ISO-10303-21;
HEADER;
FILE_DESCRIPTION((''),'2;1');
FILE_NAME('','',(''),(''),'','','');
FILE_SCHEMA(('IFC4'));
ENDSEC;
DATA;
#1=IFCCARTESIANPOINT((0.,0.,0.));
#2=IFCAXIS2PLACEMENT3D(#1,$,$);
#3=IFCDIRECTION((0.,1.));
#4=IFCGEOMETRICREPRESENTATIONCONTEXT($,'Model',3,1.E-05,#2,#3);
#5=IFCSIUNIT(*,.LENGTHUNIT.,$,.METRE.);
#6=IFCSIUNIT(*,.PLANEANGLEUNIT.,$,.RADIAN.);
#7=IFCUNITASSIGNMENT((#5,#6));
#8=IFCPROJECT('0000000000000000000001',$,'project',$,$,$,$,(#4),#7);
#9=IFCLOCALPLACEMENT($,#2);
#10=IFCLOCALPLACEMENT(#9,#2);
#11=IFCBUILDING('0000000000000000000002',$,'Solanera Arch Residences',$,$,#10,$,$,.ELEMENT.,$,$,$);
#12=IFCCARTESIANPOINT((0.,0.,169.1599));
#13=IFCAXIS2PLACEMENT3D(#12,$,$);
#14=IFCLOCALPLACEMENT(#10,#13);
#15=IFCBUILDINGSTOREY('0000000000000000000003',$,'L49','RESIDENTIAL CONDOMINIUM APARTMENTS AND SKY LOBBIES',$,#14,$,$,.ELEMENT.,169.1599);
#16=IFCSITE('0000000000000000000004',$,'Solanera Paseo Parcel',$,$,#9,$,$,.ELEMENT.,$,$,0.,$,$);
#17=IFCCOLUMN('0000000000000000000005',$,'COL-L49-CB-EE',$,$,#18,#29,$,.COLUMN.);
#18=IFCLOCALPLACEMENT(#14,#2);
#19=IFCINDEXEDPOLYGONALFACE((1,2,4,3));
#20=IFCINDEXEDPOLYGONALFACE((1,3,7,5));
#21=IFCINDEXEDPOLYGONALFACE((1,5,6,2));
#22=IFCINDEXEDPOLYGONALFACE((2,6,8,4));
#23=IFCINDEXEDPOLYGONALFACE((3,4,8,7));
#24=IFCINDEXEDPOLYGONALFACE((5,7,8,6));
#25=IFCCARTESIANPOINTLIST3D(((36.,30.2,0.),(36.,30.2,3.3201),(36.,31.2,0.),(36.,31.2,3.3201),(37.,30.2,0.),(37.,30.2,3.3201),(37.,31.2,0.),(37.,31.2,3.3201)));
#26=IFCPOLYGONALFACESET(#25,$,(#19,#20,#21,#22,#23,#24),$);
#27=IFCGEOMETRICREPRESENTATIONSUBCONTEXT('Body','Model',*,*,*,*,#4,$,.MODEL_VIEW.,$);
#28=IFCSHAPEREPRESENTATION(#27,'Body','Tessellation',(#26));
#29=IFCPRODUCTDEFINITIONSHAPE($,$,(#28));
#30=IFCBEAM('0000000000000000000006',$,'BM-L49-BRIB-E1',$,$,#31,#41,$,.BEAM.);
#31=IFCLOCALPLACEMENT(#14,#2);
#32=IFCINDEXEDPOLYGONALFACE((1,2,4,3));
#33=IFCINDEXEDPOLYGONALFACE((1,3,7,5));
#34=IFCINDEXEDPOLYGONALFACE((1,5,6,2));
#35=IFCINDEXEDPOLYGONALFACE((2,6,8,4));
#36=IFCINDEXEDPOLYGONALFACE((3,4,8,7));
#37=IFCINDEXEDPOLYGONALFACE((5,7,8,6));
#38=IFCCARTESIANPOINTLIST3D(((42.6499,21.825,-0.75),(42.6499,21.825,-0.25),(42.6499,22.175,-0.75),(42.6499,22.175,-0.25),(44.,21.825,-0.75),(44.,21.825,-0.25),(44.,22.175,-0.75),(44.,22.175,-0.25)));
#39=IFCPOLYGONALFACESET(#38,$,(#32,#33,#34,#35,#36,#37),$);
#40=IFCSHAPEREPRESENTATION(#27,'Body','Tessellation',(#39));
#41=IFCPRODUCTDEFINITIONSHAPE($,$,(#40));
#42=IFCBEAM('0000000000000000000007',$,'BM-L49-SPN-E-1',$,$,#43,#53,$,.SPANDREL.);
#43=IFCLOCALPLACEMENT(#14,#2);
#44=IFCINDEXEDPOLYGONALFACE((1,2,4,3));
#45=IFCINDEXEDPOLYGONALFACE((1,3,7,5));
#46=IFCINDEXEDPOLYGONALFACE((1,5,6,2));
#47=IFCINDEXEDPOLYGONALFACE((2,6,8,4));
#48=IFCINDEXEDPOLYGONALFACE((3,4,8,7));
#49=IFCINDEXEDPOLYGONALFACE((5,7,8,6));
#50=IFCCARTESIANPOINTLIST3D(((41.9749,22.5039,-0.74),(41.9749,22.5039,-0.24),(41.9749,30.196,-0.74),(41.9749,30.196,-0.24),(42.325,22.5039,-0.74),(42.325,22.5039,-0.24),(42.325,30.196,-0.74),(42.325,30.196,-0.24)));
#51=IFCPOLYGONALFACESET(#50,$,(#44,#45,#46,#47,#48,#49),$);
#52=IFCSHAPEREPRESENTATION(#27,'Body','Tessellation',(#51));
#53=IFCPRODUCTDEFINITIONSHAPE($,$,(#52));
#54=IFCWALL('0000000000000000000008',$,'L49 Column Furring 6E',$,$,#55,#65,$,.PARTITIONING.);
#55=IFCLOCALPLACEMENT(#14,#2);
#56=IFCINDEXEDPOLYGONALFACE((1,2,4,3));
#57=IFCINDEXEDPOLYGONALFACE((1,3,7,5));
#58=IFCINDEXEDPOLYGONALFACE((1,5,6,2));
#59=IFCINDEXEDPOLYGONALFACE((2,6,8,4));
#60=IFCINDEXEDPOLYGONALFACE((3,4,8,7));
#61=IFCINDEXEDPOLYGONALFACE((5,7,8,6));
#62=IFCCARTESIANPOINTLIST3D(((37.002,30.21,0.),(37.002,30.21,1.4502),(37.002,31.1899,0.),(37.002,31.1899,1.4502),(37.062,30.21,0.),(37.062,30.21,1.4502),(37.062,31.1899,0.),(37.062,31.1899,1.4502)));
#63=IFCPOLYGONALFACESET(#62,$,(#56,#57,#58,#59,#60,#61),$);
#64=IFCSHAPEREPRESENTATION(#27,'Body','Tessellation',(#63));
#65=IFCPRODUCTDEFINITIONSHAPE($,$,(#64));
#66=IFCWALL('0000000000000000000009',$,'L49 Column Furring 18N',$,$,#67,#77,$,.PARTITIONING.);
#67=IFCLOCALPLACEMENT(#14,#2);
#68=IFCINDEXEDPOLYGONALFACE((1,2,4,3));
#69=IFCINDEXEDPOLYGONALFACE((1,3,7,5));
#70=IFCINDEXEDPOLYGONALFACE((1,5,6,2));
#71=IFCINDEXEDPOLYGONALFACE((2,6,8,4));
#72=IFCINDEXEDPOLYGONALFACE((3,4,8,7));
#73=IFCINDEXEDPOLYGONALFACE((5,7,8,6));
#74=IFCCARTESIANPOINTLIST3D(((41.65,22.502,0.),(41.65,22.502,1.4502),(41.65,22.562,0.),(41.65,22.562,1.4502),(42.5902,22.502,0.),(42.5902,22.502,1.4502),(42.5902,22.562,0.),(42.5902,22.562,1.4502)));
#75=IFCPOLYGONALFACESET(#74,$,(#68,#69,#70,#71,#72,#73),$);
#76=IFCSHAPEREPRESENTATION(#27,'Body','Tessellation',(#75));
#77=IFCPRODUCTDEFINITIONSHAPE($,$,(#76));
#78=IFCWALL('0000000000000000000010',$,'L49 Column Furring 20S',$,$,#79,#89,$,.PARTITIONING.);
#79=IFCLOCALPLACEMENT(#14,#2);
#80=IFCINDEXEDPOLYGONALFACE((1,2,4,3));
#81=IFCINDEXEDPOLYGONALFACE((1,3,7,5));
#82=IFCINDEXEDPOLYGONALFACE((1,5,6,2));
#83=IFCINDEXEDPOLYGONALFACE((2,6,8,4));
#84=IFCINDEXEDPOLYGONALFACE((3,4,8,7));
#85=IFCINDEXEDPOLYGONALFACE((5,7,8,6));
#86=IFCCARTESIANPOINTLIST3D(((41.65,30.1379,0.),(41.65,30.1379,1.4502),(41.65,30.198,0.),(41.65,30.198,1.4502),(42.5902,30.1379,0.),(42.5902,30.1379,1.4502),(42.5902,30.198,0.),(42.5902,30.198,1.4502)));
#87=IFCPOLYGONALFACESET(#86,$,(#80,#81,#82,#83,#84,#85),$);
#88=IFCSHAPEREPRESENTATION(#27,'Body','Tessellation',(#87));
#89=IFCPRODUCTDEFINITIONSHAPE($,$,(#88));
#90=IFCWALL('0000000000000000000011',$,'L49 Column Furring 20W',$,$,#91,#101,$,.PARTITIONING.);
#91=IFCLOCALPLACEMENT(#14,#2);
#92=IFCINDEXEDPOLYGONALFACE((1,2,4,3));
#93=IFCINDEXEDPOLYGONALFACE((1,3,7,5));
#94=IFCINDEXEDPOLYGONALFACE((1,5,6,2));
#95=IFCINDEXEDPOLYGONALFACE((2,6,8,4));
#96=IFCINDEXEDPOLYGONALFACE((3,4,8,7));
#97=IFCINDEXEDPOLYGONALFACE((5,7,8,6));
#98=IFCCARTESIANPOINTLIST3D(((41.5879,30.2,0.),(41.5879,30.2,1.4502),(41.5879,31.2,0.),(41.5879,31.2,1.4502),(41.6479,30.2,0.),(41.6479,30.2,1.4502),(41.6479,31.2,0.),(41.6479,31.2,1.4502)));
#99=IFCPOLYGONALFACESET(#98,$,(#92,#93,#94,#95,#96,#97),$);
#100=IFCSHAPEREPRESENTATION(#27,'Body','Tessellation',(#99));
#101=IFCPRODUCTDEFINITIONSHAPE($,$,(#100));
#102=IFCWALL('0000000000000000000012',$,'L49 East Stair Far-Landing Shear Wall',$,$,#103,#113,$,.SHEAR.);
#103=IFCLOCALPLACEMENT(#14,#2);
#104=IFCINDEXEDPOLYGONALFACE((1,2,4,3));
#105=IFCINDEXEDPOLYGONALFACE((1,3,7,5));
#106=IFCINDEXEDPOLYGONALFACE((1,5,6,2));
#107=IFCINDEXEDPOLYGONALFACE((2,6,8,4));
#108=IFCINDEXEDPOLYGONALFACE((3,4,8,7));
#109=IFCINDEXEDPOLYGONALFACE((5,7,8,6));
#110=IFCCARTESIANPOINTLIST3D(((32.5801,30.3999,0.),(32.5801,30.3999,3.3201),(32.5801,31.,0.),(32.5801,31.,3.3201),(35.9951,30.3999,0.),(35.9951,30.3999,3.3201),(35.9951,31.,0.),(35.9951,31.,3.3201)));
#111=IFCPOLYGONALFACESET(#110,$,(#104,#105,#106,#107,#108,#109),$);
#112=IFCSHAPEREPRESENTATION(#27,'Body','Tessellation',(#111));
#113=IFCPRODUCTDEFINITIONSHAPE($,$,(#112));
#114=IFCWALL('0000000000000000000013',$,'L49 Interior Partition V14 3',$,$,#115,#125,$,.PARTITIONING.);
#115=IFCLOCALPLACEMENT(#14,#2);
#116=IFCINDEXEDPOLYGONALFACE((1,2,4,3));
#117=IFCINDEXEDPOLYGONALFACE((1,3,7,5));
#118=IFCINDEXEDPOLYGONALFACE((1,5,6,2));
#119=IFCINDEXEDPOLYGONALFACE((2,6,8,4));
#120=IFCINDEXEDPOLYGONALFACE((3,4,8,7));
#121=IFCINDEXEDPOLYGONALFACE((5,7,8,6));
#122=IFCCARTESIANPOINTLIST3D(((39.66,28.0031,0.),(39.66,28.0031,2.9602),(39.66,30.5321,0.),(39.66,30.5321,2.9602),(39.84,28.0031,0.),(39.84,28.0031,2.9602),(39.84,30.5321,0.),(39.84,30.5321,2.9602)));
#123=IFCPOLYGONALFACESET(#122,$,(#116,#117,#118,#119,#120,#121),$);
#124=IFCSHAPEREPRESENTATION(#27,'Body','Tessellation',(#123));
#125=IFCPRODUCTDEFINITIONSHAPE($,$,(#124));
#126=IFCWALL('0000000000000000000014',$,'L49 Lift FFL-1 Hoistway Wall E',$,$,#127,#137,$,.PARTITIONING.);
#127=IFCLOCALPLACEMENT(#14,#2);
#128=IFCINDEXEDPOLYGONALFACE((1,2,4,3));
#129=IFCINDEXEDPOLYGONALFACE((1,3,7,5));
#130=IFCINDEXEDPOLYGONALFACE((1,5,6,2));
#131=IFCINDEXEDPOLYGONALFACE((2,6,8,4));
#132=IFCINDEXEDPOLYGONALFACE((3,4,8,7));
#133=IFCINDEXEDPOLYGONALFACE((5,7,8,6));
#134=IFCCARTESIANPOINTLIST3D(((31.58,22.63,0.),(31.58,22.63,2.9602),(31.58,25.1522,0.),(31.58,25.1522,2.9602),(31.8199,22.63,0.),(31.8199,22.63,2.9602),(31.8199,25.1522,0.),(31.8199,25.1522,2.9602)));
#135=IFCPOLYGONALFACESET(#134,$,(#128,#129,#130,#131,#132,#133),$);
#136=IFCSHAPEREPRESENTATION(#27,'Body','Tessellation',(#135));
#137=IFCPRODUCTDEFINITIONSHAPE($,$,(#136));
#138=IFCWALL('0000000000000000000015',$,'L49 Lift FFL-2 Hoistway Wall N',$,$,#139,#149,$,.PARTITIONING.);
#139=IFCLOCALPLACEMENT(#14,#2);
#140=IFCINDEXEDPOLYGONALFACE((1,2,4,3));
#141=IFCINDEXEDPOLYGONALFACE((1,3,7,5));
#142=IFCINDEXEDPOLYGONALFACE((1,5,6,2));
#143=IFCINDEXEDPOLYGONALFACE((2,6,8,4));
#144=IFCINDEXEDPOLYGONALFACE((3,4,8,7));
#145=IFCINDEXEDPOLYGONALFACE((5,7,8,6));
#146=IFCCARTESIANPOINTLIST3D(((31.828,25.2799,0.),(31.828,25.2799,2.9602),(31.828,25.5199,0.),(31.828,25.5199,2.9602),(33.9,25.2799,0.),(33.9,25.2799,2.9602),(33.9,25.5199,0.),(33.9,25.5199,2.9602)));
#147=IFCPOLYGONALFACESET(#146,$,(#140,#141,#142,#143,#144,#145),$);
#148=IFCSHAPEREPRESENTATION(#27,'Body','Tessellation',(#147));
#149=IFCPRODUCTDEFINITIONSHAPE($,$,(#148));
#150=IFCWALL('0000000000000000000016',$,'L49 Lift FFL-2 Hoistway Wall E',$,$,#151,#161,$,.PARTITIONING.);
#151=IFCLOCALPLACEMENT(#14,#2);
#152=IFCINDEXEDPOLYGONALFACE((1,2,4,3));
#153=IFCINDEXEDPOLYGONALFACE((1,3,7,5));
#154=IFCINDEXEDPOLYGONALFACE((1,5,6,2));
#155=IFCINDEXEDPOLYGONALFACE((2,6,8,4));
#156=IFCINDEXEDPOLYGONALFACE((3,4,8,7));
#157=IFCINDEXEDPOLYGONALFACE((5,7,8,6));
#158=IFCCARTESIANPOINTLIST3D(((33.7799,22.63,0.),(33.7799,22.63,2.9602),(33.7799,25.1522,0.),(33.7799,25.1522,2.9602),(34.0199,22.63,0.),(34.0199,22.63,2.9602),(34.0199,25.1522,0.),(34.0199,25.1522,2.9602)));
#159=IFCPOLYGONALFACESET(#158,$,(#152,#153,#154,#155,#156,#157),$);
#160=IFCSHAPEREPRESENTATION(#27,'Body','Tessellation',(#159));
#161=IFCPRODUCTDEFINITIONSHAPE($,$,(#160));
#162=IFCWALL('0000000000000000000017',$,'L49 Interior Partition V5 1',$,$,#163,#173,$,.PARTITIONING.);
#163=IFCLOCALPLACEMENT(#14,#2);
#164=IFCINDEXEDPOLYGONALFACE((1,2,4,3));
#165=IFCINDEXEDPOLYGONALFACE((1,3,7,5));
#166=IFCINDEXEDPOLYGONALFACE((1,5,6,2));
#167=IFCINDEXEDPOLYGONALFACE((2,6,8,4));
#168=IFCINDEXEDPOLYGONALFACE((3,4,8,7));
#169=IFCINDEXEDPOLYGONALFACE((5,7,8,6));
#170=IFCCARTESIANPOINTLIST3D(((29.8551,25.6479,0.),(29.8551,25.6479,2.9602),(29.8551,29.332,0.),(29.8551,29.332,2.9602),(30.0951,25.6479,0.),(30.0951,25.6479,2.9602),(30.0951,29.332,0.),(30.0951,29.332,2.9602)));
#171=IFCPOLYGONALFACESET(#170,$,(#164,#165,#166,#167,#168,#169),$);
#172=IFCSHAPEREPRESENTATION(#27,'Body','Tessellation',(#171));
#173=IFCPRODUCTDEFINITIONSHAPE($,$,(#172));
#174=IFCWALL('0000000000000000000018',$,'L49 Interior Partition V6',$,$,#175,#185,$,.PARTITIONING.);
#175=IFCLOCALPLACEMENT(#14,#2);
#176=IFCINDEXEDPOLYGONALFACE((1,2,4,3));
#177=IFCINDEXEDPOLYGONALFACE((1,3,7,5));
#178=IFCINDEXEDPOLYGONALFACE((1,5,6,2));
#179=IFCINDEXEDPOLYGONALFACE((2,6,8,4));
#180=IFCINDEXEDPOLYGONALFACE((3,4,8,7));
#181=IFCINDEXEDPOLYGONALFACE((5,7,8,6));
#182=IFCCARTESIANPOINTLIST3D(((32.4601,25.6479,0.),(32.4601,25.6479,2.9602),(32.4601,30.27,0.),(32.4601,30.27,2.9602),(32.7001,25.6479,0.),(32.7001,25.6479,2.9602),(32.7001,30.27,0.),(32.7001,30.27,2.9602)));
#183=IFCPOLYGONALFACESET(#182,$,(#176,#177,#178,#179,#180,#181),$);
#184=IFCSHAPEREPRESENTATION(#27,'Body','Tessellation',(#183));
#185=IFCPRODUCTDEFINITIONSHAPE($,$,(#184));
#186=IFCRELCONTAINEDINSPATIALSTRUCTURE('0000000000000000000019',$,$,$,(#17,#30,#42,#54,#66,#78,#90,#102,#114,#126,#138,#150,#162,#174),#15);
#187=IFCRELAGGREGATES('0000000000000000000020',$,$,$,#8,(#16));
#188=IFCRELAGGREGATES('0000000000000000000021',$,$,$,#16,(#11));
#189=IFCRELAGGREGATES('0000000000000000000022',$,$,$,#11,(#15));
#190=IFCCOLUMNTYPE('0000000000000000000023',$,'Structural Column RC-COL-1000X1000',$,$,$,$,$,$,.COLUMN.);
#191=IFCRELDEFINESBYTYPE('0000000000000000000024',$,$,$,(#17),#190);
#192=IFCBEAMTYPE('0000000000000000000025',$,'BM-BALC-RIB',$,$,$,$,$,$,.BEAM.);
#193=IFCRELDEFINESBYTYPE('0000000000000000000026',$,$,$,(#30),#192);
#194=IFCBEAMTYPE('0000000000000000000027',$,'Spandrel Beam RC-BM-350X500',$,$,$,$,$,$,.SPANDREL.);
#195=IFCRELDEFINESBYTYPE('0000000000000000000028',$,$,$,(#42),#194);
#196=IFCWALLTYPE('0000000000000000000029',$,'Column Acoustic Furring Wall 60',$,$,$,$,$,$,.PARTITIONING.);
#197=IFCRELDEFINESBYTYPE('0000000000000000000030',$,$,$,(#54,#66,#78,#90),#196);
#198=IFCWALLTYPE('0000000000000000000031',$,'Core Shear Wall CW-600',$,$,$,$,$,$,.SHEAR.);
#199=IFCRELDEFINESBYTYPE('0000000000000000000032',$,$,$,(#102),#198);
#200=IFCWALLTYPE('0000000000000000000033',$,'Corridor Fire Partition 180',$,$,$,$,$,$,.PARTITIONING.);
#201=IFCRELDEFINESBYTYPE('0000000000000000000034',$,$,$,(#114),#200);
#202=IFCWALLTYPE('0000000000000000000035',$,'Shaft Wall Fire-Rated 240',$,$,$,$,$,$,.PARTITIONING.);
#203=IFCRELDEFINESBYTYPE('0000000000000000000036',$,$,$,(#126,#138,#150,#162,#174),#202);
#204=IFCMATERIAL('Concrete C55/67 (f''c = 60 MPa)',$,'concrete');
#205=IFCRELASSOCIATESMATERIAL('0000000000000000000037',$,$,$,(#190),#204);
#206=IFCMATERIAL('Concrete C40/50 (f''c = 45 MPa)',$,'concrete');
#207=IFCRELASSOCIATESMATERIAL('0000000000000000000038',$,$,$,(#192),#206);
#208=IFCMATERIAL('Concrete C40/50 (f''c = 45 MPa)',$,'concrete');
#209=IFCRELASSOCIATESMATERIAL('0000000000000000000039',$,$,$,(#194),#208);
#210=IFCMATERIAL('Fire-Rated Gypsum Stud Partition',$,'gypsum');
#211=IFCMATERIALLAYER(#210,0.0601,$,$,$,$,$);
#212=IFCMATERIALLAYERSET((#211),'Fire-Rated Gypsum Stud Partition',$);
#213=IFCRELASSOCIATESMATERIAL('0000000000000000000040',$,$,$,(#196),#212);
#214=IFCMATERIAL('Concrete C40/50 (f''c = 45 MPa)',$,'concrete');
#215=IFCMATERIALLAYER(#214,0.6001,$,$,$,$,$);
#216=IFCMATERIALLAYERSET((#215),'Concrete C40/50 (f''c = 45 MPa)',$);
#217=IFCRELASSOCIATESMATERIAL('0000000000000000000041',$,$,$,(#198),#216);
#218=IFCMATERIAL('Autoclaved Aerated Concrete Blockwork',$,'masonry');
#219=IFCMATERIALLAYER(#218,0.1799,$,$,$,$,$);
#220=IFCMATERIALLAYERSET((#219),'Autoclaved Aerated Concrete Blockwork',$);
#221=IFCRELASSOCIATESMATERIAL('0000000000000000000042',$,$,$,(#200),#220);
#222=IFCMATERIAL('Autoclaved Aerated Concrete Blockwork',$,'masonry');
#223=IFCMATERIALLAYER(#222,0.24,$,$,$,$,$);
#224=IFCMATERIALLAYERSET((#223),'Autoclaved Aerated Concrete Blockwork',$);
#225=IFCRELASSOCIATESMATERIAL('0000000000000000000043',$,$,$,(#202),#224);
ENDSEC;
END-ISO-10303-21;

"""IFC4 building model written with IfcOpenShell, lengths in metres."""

from ifc_helpers import new_model, si_unit, direction, frame, frame_2d, origin, origin_2d, place, context, subcontext, project, spatial, rectangle, extrude, material, layer, layer_set, material_profile, profile_set, type_object, element, save


model = new_model("IFC4")

# Units and contexts
model_context = context("Model", 3, precision=1e-05, world=origin(), true_north=direction((0.0, 1.0)))
body_context = subcontext(model_context, "Body", "Model", "MODEL_VIEW")
ifc_project = project(units=[si_unit("LENGTHUNIT", "METRE"), si_unit("PLANEANGLEUNIT", "RADIAN")], contexts=[model_context])

# Site, building, storey
site_placement = place(None, origin())
site = spatial("IfcSite", under=ifc_project, at=site_placement, Name="Solanera Paseo Parcel", CompositionType="ELEMENT", RefElevation=0.0)
building_placement = place(site_placement, origin())
building = spatial("IfcBuilding", under=site, at=building_placement, Name="Solanera Arch Residences", CompositionType="ELEMENT")
storey_placement = place(building_placement, frame((0.0, 0.0, 169.1599)))
storey = spatial("IfcBuildingStorey", under=building, at=storey_placement, Name="L49", Description="RESIDENTIAL CONDOMINIUM APARTMENTS AND SKY LOBBIES", CompositionType="ELEMENT", Elevation=169.1599)

# Column
ifc_material_1 = material(Name="Concrete C55/67 (f'c = 60 MPa)", Category="concrete")
ifc_material_profile_1 = material_profile(ifc_material_1, rectangle(XDim=1.0, YDim=1.0, at=origin_2d()))
ifc_profile_set_1 = profile_set([ifc_material_profile_1], Name="Concrete C55/67 (f'c = 60 MPa)")
column_type = type_object("IfcColumnType", Name="Structural Column RC-COL-1000X1000", PredefinedType="COLUMN", material=ifc_profile_set_1)
column_placement = place(storey_placement, frame((36.5, 30.7, 0.0), z_axis=(0.0, 0.0, 1.0), x_axis=(1.0, 0.0, 0.0)))
element("IfcColumn", 1, at=column_placement, inside=storey, type_object=column_type, Name="COL-L49-CB-EE", PredefinedType="COLUMN", context=body_context, shape_type="SweptSolid", body=[
    extrude(rectangle(XDim=1.0, YDim=1.0, at=origin_2d()), origin(), (0.0, 0.0, 1.0), 3.3201),
])

# Beams
ifc_material_2 = material(Name="Concrete C40/50 (f'c = 45 MPa)", Category="concrete")
ifc_material_profile_2 = material_profile(ifc_material_2, rectangle(XDim=0.3501, YDim=0.5, at=origin_2d()))
ifc_profile_set_2 = profile_set([ifc_material_profile_2], Name="Concrete C40/50 (f'c = 45 MPa)")
beam_type_1 = type_object("IfcBeamType", Name="BM-BALC-RIB", PredefinedType="BEAM", material=ifc_profile_set_2)
beam_1_placement = place(storey_placement, frame((42.6499, 22.0, -0.5), z_axis=(1.0, 0.0, 0.0), x_axis=(0.0, 1.0, 0.0)))
element("IfcBeam", 2, at=beam_1_placement, inside=storey, type_object=beam_type_1, Name="BM-L49-BRIB-E1", PredefinedType="BEAM", context=body_context, shape_type="SweptSolid", body=[
    extrude(rectangle(XDim=0.3501, YDim=0.5, at=origin_2d()), origin(), (0.0, 0.0, 1.0), 1.3501),
])
ifc_material_3 = material(Name="Concrete C40/50 (f'c = 45 MPa)", Category="concrete")
ifc_material_profile_3 = material_profile(ifc_material_3, rectangle(XDim=0.3501, YDim=0.5, at=origin_2d()))
ifc_profile_set_3 = profile_set([ifc_material_profile_3], Name="Concrete C40/50 (f'c = 45 MPa)")
beam_type_2 = type_object("IfcBeamType", Name="Spandrel Beam RC-BM-350X500", PredefinedType="SPANDREL", material=ifc_profile_set_3)
beam_2_placement = place(storey_placement, frame((42.1499, 22.5039, -0.49), z_axis=(0.0, 1.0, 0.0), x_axis=(-1.0, 0.0, 0.0)))
element("IfcBeam", 3, at=beam_2_placement, inside=storey, type_object=beam_type_2, Name="BM-L49-SPN-E-1", PredefinedType="SPANDREL", context=body_context, shape_type="SweptSolid", body=[
    extrude(rectangle(XDim=0.3501, YDim=0.5, at=origin_2d()), origin(), (0.0, 0.0, 1.0), 7.6921),
])

# Walls
ifc_material_4 = material(Name="Fire-Rated Gypsum Stud Partition", Category="gypsum")
ifc_layer_1 = layer(ifc_material_4, 0.0601)
ifc_layer_set_1 = layer_set([ifc_layer_1], Name="Fire-Rated Gypsum Stud Partition")
wall_type_1 = type_object("IfcWallType", Name="Column Acoustic Furring Wall 60", PredefinedType="PARTITIONING", material=ifc_layer_set_1)
wall_1_placement = place(storey_placement, frame((37.032, 30.21, 0.0), z_axis=(0.0, 0.0, 1.0), x_axis=(0.0, 1.0, 0.0)))
element("IfcWall", 4, at=wall_1_placement, inside=storey, type_object=wall_type_1, Name="L49 Column Furring 6E", PredefinedType="PARTITIONING", context=body_context, shape_type="SweptSolid", body=[
    extrude(rectangle(XDim=0.98, YDim=0.0601, at=frame_2d((0.49, 0.0))), origin(), (0.0, 0.0, 1.0), 1.4502),
])
for number, where, z_axis, x_axis, name in (
    (5, (41.6499, 22.532, 0.0), (0.0, 0.0, 1.0), (1.0, 0.0, 0.0), "L49 Column Furring 18N"),
    (6, (41.6499, 30.168, 0.0), (0.0, 0.0, 1.0), (1.0, 0.0, 0.0), "L49 Column Furring 20S"),
):
    element("IfcWall", number, at=place(storey_placement, frame(where, z_axis=z_axis, x_axis=x_axis)), inside=storey, type_object=wall_type_1, Name=name, PredefinedType="PARTITIONING", context=body_context, shape_type="SweptSolid", body=[
        extrude(rectangle(XDim=0.9402, YDim=0.0601, at=frame_2d((0.4702, 0.0))), origin(), (0.0, 0.0, 1.0), 1.4502),
    ])
wall_2_placement = place(storey_placement, frame((41.6179, 30.2, 0.0), z_axis=(0.0, 0.0, 1.0), x_axis=(0.0, 1.0, 0.0)))
element("IfcWall", 7, at=wall_2_placement, inside=storey, type_object=wall_type_1, Name="L49 Column Furring 20W", PredefinedType="PARTITIONING", context=body_context, shape_type="SweptSolid", body=[
    extrude(rectangle(XDim=1.0, YDim=0.0601, at=frame_2d((0.5, 0.0))), origin(), (0.0, 0.0, 1.0), 1.4502),
])
ifc_material_5 = material(Name="Concrete C40/50 (f'c = 45 MPa)", Category="concrete")
ifc_layer_2 = layer(ifc_material_5, 0.6001)
ifc_layer_set_2 = layer_set([ifc_layer_2], Name="Concrete C40/50 (f'c = 45 MPa)")
wall_type_2 = type_object("IfcWallType", Name="Core Shear Wall CW-600", PredefinedType="SHEAR", material=ifc_layer_set_2)
wall_3_placement = place(storey_placement, frame((32.5801, 30.7, 0.0), z_axis=(0.0, 0.0, 1.0), x_axis=(1.0, 0.0, 0.0)))
element("IfcWall", 8, at=wall_3_placement, inside=storey, type_object=wall_type_2, Name="L49 East Stair Far-Landing Shear Wall", PredefinedType="SHEAR", context=body_context, shape_type="SweptSolid", body=[
    extrude(rectangle(XDim=3.415, YDim=0.6001, at=frame_2d((1.7075, 0.0))), origin(), (0.0, 0.0, 1.0), 3.3201),
])

# Shared definitions
ifc_material_6 = material(Name="Autoclaved Aerated Concrete Blockwork", Category="masonry")
ifc_layer_3 = layer(ifc_material_6, 0.1799)
ifc_layer_set_3 = layer_set([ifc_layer_3], Name="Autoclaved Aerated Concrete Blockwork")
wall_type_3 = type_object("IfcWallType", Name="Corridor Fire Partition 180", PredefinedType="PARTITIONING", material=ifc_layer_set_3)

# Walls
wall_4_placement = place(storey_placement, frame((39.75, 28.0029, 0.0), z_axis=(0.0, 0.0, 1.0), x_axis=(0.0, 1.0, 0.0)))
element("IfcWall", 9, at=wall_4_placement, inside=storey, type_object=wall_type_3, Name="L49 Interior Partition V14 3", PredefinedType="PARTITIONING", context=body_context, shape_type="SweptSolid", body=[
    extrude(rectangle(XDim=2.5291, YDim=0.1799, at=frame_2d((1.2646, 0.0))), origin(), (0.0, 0.0, 1.0), 2.9602),
])
ifc_material_7 = material(Name="Autoclaved Aerated Concrete Blockwork", Category="masonry")
ifc_layer_4 = layer(ifc_material_7, 0.24)
ifc_layer_set_4 = layer_set([ifc_layer_4], Name="Autoclaved Aerated Concrete Blockwork")
wall_type_4 = type_object("IfcWallType", Name="Shaft Wall Fire-Rated 240", PredefinedType="PARTITIONING", material=ifc_layer_set_4)
wall_5_placement = place(storey_placement, frame((31.7, 22.6299, 0.0), z_axis=(0.0, 0.0, 1.0), x_axis=(0.0, 1.0, 0.0)))
element("IfcWall", 10, at=wall_5_placement, inside=storey, type_object=wall_type_4, Name="L49 Lift FFL-1 Hoistway Wall E", PredefinedType="PARTITIONING", context=body_context, shape_type="SweptSolid", body=[
    extrude(rectangle(XDim=2.5222, YDim=0.24, at=frame_2d((1.2612, 0.0))), origin(), (0.0, 0.0, 1.0), 2.9602),
])
wall_6_placement = place(storey_placement, frame((31.8279, 25.3999, 0.0), z_axis=(0.0, 0.0, 1.0), x_axis=(1.0, 0.0, 0.0)))
element("IfcWall", 11, at=wall_6_placement, inside=storey, type_object=wall_type_4, Name="L49 Lift FFL-2 Hoistway Wall N", PredefinedType="PARTITIONING", context=body_context, shape_type="SweptSolid", body=[
    extrude(rectangle(XDim=2.072, YDim=0.24, at=frame_2d((1.0361, 0.0))), origin(), (0.0, 0.0, 1.0), 2.9602),
])
wall_7_placement = place(storey_placement, frame((33.8999, 22.6299, 0.0), z_axis=(0.0, 0.0, 1.0), x_axis=(0.0, 1.0, 0.0)))
element("IfcWall", 12, at=wall_7_placement, inside=storey, type_object=wall_type_4, Name="L49 Lift FFL-2 Hoistway Wall E", PredefinedType="PARTITIONING", context=body_context, shape_type="SweptSolid", body=[
    extrude(rectangle(XDim=2.5222, YDim=0.24, at=frame_2d((1.2612, 0.0))), origin(), (0.0, 0.0, 1.0), 2.9602),
])
wall_8_placement = place(storey_placement, frame((29.9751, 25.6479, 0.0), z_axis=(0.0, 0.0, 1.0), x_axis=(0.0, 1.0, 0.0)))
element("IfcWall", 13, at=wall_8_placement, inside=storey, type_object=wall_type_4, Name="L49 Interior Partition V5 1", PredefinedType="PARTITIONING", context=body_context, shape_type="SweptSolid", body=[
    extrude(rectangle(XDim=3.6841, YDim=0.24, at=frame_2d((1.842, 0.0))), origin(), (0.0, 0.0, 1.0), 2.9602),
])

# Wall
wall_9_placement = place(storey_placement, frame((32.5801, 25.6479, 0.0), z_axis=(0.0, 0.0, 1.0), x_axis=(0.0, 1.0, 0.0)))
element("IfcWall", 14, at=wall_9_placement, inside=storey, type_object=wall_type_4, Name="L49 Interior Partition V6", PredefinedType="PARTITIONING", context=body_context, shape_type="SweptSolid", body=[
    extrude(rectangle(XDim=4.6221, YDim=0.24, at=frame_2d((2.311, 0.0))), origin(), (0.0, 0.0, 1.0), 2.9602),
])

save(model, "model.ifc")
